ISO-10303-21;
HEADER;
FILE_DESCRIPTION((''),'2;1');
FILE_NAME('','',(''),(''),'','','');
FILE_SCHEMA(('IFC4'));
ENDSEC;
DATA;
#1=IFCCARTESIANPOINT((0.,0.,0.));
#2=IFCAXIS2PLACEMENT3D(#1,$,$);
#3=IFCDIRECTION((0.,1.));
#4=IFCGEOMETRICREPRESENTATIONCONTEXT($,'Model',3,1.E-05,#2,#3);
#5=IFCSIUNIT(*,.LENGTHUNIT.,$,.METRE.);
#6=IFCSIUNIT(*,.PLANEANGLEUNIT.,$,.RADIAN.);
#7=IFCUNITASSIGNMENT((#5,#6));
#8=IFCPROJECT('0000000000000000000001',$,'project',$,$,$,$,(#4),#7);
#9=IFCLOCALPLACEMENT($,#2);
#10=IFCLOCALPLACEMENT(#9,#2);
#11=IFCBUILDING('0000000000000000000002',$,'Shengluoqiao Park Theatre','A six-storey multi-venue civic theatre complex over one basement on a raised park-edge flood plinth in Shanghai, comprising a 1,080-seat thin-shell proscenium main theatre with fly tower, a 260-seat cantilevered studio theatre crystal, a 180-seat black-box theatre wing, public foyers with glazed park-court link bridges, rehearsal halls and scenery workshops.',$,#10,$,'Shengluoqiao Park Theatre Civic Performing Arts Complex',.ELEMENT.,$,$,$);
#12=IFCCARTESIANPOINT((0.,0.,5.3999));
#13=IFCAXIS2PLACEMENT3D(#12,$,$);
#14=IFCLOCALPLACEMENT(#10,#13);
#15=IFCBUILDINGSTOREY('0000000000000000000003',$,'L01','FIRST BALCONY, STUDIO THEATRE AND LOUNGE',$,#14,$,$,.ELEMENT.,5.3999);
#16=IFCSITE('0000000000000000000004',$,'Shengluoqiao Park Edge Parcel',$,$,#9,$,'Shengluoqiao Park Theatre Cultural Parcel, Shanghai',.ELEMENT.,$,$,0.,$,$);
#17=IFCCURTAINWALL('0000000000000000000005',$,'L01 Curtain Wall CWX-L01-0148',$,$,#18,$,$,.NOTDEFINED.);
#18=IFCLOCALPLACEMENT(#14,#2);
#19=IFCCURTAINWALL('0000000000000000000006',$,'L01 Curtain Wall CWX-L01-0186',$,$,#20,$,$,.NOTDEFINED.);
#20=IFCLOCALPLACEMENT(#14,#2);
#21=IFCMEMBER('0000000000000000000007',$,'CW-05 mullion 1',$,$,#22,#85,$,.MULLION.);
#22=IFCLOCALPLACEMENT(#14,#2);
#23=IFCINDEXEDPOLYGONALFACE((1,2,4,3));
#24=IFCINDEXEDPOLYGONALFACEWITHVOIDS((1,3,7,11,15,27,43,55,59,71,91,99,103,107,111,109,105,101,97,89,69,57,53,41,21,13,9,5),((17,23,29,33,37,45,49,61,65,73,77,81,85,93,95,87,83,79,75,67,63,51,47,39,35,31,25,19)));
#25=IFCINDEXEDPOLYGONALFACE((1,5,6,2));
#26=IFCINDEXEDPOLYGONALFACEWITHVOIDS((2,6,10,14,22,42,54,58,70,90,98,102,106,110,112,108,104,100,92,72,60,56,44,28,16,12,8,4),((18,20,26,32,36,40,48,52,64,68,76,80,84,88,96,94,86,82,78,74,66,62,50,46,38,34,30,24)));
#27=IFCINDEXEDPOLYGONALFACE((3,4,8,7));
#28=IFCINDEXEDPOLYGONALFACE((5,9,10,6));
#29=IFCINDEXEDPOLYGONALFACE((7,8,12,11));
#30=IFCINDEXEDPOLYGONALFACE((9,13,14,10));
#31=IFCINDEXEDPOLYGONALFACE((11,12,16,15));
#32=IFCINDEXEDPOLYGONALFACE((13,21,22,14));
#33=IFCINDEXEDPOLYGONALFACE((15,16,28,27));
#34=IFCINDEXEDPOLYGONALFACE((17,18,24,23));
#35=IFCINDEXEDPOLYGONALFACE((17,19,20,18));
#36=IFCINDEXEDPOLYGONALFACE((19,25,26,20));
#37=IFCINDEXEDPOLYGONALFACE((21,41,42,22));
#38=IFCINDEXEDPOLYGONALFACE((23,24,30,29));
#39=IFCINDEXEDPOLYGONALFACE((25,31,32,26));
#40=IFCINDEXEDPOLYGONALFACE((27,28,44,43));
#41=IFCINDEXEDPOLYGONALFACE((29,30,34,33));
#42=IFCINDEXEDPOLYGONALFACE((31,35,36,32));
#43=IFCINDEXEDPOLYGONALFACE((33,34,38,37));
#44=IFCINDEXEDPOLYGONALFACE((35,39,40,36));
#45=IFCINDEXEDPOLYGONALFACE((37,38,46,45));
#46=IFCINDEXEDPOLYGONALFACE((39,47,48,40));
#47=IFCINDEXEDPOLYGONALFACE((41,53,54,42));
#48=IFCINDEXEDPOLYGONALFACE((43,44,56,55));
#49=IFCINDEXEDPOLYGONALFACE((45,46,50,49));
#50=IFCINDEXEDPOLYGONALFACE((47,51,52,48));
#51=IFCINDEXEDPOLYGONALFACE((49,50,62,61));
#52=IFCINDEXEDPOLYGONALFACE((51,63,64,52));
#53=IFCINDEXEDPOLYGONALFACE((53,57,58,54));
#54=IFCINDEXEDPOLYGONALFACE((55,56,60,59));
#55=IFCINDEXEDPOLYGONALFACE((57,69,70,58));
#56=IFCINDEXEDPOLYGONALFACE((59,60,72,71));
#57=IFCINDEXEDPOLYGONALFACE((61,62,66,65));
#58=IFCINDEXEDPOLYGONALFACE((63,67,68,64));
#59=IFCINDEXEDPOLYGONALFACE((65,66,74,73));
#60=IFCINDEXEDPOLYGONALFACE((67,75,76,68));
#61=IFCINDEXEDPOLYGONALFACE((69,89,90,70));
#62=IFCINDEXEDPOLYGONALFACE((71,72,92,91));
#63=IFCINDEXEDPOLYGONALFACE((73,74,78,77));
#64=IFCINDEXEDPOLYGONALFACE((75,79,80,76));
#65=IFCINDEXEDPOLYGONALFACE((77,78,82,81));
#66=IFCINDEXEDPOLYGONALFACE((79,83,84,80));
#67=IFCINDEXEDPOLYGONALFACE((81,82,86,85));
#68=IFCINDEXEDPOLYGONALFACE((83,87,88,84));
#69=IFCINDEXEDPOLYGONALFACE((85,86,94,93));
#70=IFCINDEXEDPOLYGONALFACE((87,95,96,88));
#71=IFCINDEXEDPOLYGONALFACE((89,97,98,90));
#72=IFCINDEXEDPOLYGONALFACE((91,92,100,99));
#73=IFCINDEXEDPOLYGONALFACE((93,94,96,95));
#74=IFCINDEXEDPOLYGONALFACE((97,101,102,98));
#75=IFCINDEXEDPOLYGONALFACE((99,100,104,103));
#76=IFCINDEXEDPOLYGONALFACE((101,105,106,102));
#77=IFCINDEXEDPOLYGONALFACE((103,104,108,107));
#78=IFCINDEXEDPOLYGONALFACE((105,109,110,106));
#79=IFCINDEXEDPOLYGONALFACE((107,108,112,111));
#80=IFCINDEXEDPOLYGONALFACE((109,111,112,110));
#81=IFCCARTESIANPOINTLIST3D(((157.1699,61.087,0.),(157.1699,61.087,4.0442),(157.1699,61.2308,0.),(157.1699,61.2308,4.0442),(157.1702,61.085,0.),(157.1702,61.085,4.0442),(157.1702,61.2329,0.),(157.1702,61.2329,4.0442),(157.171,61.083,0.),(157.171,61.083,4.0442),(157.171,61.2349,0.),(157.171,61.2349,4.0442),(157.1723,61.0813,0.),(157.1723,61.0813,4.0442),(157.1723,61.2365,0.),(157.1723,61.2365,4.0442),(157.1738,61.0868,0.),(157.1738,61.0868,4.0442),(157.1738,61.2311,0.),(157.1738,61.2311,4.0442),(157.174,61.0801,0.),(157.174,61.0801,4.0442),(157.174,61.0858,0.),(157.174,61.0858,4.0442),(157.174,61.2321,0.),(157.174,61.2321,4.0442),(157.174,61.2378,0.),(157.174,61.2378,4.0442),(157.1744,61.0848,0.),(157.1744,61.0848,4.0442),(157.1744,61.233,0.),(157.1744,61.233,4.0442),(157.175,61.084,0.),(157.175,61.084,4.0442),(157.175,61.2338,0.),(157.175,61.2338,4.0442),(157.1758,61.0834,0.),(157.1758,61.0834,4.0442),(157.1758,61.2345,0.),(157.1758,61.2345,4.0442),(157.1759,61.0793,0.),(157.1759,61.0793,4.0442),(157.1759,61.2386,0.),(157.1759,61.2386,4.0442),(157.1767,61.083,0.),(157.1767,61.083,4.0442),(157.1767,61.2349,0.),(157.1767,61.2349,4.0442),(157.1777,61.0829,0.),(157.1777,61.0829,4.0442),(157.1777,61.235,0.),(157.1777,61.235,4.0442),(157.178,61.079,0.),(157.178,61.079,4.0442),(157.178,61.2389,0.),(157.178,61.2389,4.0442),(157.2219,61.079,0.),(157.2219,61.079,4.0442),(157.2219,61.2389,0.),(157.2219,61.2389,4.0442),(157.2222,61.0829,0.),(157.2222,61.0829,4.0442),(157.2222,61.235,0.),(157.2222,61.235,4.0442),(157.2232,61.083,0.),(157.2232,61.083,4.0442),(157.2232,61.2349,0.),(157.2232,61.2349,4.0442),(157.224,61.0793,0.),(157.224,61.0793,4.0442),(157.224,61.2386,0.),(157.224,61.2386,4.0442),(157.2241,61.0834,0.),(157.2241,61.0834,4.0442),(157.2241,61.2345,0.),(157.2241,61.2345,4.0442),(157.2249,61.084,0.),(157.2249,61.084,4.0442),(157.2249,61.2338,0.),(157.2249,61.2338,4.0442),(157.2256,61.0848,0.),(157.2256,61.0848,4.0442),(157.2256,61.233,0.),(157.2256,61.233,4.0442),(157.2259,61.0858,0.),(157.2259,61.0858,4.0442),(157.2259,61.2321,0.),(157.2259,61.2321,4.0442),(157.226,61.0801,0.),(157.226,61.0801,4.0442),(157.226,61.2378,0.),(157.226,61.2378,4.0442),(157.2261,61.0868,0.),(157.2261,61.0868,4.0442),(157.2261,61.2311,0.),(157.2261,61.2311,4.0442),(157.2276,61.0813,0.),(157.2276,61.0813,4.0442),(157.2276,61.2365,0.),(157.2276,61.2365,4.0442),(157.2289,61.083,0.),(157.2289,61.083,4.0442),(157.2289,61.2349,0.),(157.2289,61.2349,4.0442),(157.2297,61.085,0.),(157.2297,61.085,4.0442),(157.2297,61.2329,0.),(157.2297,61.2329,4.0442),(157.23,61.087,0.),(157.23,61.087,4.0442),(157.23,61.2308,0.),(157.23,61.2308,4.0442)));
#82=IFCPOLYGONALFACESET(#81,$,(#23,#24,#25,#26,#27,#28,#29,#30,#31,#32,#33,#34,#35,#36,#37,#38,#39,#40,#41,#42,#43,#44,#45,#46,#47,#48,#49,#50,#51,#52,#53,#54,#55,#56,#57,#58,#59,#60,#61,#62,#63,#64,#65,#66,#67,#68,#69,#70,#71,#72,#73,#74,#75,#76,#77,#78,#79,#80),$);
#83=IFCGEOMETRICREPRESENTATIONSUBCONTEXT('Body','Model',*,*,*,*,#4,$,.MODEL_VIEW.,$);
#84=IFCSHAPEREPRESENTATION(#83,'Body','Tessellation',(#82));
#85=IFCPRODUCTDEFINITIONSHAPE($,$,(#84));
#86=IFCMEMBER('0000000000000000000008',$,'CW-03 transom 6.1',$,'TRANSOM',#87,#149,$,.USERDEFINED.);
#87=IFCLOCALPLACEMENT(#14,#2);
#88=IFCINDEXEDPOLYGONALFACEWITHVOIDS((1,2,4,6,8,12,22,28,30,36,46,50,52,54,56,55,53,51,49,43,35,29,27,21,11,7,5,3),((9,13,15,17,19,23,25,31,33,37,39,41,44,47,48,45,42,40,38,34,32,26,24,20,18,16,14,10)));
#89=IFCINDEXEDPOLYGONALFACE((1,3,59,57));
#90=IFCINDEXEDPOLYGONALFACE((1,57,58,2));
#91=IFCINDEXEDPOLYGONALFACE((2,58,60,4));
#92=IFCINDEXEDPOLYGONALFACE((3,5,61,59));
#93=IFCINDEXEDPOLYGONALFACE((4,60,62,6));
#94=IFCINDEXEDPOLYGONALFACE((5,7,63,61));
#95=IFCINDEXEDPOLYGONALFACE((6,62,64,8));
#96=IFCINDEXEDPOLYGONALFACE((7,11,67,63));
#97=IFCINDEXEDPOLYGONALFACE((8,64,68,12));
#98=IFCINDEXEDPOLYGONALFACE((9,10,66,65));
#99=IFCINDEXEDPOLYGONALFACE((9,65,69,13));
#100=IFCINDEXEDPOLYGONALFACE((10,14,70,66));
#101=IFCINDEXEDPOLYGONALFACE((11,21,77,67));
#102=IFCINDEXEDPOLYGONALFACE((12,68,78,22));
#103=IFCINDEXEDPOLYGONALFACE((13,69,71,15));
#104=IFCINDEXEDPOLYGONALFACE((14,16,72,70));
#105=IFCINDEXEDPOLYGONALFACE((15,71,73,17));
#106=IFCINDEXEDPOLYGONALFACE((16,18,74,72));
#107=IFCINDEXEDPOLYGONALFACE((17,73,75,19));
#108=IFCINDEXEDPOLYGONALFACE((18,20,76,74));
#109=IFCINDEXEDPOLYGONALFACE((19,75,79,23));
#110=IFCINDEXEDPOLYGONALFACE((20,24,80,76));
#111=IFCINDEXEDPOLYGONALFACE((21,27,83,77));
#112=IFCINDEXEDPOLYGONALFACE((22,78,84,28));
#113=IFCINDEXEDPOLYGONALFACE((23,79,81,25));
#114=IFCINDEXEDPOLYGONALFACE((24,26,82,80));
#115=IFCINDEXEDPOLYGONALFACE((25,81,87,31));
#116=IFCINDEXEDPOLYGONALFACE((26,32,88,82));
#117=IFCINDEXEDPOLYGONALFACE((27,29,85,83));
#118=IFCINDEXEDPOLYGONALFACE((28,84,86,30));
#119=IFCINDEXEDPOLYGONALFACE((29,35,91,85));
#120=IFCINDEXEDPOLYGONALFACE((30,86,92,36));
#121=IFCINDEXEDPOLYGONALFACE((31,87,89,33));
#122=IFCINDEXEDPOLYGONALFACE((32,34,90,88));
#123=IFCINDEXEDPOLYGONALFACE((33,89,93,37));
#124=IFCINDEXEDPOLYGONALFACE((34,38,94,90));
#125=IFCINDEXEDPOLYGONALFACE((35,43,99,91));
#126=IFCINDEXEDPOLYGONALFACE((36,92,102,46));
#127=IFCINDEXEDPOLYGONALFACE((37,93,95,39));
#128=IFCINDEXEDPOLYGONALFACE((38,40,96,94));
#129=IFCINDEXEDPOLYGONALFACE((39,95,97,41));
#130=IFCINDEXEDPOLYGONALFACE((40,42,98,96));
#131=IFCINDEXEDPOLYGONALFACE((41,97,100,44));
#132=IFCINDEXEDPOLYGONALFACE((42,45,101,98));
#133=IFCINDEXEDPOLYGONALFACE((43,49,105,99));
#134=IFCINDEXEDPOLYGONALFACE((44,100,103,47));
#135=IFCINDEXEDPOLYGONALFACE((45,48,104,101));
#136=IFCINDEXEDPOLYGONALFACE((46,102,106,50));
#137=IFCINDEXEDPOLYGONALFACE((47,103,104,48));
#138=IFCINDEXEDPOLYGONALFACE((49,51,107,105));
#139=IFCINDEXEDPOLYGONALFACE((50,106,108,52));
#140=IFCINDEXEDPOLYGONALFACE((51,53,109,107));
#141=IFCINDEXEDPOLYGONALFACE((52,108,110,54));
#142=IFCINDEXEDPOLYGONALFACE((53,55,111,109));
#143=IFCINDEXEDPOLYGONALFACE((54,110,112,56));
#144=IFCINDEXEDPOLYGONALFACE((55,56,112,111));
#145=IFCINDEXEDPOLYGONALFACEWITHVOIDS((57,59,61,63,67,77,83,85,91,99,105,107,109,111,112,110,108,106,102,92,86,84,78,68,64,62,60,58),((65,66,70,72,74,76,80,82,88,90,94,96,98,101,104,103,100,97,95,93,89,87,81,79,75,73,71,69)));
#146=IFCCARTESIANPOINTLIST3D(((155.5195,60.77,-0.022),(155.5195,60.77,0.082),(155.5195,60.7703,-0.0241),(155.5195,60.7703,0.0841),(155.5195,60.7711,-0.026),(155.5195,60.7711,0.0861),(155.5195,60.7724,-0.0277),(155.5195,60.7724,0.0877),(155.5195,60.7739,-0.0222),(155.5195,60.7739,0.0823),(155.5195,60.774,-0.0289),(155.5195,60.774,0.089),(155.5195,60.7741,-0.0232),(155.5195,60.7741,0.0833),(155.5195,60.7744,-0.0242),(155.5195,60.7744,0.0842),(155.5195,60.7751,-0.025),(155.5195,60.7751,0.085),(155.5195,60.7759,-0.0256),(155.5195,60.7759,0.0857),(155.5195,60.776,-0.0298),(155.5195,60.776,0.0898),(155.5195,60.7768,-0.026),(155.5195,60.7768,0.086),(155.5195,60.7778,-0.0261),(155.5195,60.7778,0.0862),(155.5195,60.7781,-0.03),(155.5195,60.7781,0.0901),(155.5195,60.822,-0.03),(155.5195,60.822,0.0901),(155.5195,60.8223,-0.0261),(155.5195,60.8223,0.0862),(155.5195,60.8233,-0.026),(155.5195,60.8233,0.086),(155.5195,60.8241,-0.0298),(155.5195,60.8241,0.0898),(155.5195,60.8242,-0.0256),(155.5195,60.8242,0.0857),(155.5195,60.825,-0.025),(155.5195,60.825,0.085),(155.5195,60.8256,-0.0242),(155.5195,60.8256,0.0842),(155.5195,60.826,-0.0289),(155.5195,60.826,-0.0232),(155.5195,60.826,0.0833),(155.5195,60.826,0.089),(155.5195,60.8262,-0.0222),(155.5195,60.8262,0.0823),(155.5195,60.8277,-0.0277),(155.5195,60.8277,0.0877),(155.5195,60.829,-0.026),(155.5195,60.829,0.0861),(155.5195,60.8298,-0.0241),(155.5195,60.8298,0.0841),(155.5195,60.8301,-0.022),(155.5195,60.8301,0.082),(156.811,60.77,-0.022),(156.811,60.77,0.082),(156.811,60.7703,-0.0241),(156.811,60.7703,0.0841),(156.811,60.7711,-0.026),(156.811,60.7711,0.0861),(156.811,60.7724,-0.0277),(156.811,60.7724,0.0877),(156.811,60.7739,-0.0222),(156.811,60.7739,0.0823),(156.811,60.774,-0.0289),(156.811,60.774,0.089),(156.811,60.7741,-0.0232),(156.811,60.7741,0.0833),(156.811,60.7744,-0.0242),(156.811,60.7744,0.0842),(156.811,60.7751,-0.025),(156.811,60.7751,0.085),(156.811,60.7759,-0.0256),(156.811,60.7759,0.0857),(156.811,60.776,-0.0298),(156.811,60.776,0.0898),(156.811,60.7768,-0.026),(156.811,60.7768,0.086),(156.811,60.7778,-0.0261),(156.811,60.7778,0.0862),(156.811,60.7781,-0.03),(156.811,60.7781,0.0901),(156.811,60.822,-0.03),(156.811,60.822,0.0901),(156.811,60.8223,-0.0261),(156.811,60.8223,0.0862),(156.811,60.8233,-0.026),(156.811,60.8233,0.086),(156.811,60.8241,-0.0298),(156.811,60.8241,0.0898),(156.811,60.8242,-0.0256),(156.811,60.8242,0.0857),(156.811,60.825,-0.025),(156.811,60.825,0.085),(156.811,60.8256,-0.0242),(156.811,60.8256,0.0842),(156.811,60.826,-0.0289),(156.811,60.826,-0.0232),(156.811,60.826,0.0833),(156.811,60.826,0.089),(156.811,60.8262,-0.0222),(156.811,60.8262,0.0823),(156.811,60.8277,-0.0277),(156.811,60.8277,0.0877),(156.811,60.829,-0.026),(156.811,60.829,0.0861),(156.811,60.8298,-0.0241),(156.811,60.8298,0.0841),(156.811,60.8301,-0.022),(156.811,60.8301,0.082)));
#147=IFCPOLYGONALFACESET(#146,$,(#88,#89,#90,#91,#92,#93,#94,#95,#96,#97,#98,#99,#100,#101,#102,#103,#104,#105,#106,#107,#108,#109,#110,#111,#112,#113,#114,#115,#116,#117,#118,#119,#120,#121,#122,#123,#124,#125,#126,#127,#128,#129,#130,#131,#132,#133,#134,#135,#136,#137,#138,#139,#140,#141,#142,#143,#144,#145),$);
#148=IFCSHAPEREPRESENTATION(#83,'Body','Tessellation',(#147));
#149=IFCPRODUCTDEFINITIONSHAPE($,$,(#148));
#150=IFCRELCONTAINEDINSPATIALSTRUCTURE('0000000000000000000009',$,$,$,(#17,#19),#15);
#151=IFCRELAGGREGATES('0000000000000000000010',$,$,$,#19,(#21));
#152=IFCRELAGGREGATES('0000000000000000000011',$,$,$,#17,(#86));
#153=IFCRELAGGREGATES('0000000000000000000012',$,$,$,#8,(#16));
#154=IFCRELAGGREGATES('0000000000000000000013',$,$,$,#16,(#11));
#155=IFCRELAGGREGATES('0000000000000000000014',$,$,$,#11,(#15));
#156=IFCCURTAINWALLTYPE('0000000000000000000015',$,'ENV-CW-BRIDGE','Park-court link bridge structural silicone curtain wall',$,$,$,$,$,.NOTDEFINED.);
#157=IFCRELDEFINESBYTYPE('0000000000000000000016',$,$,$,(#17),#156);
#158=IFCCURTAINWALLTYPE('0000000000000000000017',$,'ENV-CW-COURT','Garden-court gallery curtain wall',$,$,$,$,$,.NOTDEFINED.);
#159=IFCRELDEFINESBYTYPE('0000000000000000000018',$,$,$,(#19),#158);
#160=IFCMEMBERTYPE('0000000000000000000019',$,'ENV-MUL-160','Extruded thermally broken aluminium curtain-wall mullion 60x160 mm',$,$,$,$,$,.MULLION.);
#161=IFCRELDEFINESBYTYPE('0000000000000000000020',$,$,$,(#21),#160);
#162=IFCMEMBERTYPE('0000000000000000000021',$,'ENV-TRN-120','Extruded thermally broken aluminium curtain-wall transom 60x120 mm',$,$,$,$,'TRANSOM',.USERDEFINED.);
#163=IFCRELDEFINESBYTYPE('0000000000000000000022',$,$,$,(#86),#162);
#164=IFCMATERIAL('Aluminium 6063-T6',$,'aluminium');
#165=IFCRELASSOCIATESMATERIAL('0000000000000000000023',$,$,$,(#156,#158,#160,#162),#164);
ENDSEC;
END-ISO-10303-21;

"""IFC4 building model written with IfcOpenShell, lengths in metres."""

from ifc_helpers import new_model, si_unit, direction, frame, origin, origin_2d, place, context, subcontext, project, spatial, hollow_rectangle, extrude, material, material_profile, profile_set, type_object, element, aggregate, save


model = new_model("IFC4")

# Units and contexts
model_context = context("Model", 3, precision=1e-05, world=origin(), true_north=direction((0.0, 1.0)))
body_context = subcontext(model_context, "Body", "Model", "MODEL_VIEW")
ifc_project = project(units=[si_unit("LENGTHUNIT", "METRE"), si_unit("PLANEANGLEUNIT", "RADIAN")], contexts=[model_context])

# Site, building, storey
site_placement = place(None, origin())
site = spatial("IfcSite", under=ifc_project, at=site_placement, Name="Shengluoqiao Park Edge Parcel", LongName="Shengluoqiao Park Theatre Cultural Parcel, Shanghai", CompositionType="ELEMENT", RefElevation=0.0)
building_placement = place(site_placement, origin())
building = spatial("IfcBuilding", under=site, at=building_placement, Name="Shengluoqiao Park Theatre", Description="A six-storey multi-venue civic theatre complex over one basement on a raised park-edge flood plinth in Shanghai, comprising a 1,080-seat thin-shell proscenium main theatre with fly tower, a 260-seat cantilevered studio theatre crystal, a 180-seat black-box theatre wing, public foyers with glazed park-court link bridges, rehearsal halls and scenery workshops.", LongName="Shengluoqiao Park Theatre Civic Performing Arts Complex", CompositionType="ELEMENT")
storey_placement = place(building_placement, frame((0.0, 0.0, 5.3999)))
storey = spatial("IfcBuildingStorey", under=building, at=storey_placement, Name="L01", Description="FIRST BALCONY, STUDIO THEATRE AND LOUNGE", CompositionType="ELEMENT", Elevation=5.3999)

# Curtain wall
ifc_material_1 = material(Name="Aluminium 6063-T6", Category="aluminium")
curtain_wall_type_1 = type_object("IfcCurtainWallType", Name="ENV-CW-BRIDGE", Description="Park-court link bridge structural silicone curtain wall", PredefinedType="NOTDEFINED", material=ifc_material_1)
curtain_wall_1_placement = place(storey_placement, origin())
curtain_wall_1 = element("IfcCurtainWall", 1, at=curtain_wall_1_placement, inside=storey, type_object=curtain_wall_type_1, Name="L01 Curtain Wall CWX-L01-0148", PredefinedType="NOTDEFINED")
ifc_material_profile_1 = material_profile(ifc_material_1, hollow_rectangle(XDim=0.0601, YDim=0.1599, WallThickness=0.0039, InnerFilletRadius=0.0039, OuterFilletRadius=0.0081, at=origin_2d()), Name="ALU MULLION 160x60x4")
ifc_profile_set_1 = profile_set([ifc_material_profile_1], Name="Aluminium 6063-T6")
member_type_1 = type_object("IfcMemberType", Name="ENV-MUL-160", Description="Extruded thermally broken aluminium curtain-wall mullion 60x160 mm", PredefinedType="MULLION", material=ifc_profile_set_1)

# Shared definitions
curtain_wall_type_2 = type_object("IfcCurtainWallType", Name="ENV-CW-COURT", Description="Garden-court gallery curtain wall", PredefinedType="NOTDEFINED", material=ifc_material_1)

# Curtain wall, member
curtain_wall_2_placement = place(storey_placement, origin())
curtain_wall_2 = element("IfcCurtainWall", 2, at=curtain_wall_2_placement, inside=storey, type_object=curtain_wall_type_2, Name="L01 Curtain Wall CWX-L01-0186", PredefinedType="NOTDEFINED")
member_1_placement = place(storey_placement, frame((157.2, 61.1589, 0.0), z_axis=(0.0, 0.0, 1.0), x_axis=(-1.0, 0.0, 0.0)))
member_1 = element("IfcMember", 3, at=member_1_placement, type_object=member_type_1, Name="CW-05 mullion 1", PredefinedType="MULLION", context=body_context, shape_type="SweptSolid", body=[
    extrude(hollow_rectangle(XDim=0.0601, YDim=0.1599, WallThickness=0.0039, InnerFilletRadius=0.0039, OuterFilletRadius=0.0081, at=origin_2d()), origin(), (0.0, 0.0, 1.0), 4.0442),
])
aggregate(curtain_wall_2, [member_1])

# Member
ifc_material_profile_2 = material_profile(ifc_material_1, hollow_rectangle(XDim=0.0601, YDim=0.1201, WallThickness=0.0039, InnerFilletRadius=0.0039, OuterFilletRadius=0.0081, at=origin_2d()), Name="ALU TRANSOM 120x60x4")
ifc_profile_set_2 = profile_set([ifc_material_profile_2], Name="Aluminium 6063-T6")
member_type_2 = type_object("IfcMemberType", Name="ENV-TRN-120", Description="Extruded thermally broken aluminium curtain-wall transom 60x120 mm", ElementType="TRANSOM", PredefinedType="USERDEFINED", material=ifc_profile_set_2)
member_2_placement = place(storey_placement, frame((155.5195, 60.8, 0.03), z_axis=(1.0, 0.0, 0.0), x_axis=(0.0, 1.0, 0.0)))
member_2 = element("IfcMember", 4, at=member_2_placement, type_object=member_type_2, Name="CW-03 transom 6.1", ObjectType="TRANSOM", PredefinedType="USERDEFINED", context=body_context, shape_type="SweptSolid", body=[
    extrude(hollow_rectangle(XDim=0.0601, YDim=0.1201, WallThickness=0.0039, InnerFilletRadius=0.0039, OuterFilletRadius=0.0081, at=origin_2d()), origin(), (0.0, 0.0, 1.0), 1.2915),
])

aggregate(curtain_wall_1, [member_2])

save(model, "model.ifc")
